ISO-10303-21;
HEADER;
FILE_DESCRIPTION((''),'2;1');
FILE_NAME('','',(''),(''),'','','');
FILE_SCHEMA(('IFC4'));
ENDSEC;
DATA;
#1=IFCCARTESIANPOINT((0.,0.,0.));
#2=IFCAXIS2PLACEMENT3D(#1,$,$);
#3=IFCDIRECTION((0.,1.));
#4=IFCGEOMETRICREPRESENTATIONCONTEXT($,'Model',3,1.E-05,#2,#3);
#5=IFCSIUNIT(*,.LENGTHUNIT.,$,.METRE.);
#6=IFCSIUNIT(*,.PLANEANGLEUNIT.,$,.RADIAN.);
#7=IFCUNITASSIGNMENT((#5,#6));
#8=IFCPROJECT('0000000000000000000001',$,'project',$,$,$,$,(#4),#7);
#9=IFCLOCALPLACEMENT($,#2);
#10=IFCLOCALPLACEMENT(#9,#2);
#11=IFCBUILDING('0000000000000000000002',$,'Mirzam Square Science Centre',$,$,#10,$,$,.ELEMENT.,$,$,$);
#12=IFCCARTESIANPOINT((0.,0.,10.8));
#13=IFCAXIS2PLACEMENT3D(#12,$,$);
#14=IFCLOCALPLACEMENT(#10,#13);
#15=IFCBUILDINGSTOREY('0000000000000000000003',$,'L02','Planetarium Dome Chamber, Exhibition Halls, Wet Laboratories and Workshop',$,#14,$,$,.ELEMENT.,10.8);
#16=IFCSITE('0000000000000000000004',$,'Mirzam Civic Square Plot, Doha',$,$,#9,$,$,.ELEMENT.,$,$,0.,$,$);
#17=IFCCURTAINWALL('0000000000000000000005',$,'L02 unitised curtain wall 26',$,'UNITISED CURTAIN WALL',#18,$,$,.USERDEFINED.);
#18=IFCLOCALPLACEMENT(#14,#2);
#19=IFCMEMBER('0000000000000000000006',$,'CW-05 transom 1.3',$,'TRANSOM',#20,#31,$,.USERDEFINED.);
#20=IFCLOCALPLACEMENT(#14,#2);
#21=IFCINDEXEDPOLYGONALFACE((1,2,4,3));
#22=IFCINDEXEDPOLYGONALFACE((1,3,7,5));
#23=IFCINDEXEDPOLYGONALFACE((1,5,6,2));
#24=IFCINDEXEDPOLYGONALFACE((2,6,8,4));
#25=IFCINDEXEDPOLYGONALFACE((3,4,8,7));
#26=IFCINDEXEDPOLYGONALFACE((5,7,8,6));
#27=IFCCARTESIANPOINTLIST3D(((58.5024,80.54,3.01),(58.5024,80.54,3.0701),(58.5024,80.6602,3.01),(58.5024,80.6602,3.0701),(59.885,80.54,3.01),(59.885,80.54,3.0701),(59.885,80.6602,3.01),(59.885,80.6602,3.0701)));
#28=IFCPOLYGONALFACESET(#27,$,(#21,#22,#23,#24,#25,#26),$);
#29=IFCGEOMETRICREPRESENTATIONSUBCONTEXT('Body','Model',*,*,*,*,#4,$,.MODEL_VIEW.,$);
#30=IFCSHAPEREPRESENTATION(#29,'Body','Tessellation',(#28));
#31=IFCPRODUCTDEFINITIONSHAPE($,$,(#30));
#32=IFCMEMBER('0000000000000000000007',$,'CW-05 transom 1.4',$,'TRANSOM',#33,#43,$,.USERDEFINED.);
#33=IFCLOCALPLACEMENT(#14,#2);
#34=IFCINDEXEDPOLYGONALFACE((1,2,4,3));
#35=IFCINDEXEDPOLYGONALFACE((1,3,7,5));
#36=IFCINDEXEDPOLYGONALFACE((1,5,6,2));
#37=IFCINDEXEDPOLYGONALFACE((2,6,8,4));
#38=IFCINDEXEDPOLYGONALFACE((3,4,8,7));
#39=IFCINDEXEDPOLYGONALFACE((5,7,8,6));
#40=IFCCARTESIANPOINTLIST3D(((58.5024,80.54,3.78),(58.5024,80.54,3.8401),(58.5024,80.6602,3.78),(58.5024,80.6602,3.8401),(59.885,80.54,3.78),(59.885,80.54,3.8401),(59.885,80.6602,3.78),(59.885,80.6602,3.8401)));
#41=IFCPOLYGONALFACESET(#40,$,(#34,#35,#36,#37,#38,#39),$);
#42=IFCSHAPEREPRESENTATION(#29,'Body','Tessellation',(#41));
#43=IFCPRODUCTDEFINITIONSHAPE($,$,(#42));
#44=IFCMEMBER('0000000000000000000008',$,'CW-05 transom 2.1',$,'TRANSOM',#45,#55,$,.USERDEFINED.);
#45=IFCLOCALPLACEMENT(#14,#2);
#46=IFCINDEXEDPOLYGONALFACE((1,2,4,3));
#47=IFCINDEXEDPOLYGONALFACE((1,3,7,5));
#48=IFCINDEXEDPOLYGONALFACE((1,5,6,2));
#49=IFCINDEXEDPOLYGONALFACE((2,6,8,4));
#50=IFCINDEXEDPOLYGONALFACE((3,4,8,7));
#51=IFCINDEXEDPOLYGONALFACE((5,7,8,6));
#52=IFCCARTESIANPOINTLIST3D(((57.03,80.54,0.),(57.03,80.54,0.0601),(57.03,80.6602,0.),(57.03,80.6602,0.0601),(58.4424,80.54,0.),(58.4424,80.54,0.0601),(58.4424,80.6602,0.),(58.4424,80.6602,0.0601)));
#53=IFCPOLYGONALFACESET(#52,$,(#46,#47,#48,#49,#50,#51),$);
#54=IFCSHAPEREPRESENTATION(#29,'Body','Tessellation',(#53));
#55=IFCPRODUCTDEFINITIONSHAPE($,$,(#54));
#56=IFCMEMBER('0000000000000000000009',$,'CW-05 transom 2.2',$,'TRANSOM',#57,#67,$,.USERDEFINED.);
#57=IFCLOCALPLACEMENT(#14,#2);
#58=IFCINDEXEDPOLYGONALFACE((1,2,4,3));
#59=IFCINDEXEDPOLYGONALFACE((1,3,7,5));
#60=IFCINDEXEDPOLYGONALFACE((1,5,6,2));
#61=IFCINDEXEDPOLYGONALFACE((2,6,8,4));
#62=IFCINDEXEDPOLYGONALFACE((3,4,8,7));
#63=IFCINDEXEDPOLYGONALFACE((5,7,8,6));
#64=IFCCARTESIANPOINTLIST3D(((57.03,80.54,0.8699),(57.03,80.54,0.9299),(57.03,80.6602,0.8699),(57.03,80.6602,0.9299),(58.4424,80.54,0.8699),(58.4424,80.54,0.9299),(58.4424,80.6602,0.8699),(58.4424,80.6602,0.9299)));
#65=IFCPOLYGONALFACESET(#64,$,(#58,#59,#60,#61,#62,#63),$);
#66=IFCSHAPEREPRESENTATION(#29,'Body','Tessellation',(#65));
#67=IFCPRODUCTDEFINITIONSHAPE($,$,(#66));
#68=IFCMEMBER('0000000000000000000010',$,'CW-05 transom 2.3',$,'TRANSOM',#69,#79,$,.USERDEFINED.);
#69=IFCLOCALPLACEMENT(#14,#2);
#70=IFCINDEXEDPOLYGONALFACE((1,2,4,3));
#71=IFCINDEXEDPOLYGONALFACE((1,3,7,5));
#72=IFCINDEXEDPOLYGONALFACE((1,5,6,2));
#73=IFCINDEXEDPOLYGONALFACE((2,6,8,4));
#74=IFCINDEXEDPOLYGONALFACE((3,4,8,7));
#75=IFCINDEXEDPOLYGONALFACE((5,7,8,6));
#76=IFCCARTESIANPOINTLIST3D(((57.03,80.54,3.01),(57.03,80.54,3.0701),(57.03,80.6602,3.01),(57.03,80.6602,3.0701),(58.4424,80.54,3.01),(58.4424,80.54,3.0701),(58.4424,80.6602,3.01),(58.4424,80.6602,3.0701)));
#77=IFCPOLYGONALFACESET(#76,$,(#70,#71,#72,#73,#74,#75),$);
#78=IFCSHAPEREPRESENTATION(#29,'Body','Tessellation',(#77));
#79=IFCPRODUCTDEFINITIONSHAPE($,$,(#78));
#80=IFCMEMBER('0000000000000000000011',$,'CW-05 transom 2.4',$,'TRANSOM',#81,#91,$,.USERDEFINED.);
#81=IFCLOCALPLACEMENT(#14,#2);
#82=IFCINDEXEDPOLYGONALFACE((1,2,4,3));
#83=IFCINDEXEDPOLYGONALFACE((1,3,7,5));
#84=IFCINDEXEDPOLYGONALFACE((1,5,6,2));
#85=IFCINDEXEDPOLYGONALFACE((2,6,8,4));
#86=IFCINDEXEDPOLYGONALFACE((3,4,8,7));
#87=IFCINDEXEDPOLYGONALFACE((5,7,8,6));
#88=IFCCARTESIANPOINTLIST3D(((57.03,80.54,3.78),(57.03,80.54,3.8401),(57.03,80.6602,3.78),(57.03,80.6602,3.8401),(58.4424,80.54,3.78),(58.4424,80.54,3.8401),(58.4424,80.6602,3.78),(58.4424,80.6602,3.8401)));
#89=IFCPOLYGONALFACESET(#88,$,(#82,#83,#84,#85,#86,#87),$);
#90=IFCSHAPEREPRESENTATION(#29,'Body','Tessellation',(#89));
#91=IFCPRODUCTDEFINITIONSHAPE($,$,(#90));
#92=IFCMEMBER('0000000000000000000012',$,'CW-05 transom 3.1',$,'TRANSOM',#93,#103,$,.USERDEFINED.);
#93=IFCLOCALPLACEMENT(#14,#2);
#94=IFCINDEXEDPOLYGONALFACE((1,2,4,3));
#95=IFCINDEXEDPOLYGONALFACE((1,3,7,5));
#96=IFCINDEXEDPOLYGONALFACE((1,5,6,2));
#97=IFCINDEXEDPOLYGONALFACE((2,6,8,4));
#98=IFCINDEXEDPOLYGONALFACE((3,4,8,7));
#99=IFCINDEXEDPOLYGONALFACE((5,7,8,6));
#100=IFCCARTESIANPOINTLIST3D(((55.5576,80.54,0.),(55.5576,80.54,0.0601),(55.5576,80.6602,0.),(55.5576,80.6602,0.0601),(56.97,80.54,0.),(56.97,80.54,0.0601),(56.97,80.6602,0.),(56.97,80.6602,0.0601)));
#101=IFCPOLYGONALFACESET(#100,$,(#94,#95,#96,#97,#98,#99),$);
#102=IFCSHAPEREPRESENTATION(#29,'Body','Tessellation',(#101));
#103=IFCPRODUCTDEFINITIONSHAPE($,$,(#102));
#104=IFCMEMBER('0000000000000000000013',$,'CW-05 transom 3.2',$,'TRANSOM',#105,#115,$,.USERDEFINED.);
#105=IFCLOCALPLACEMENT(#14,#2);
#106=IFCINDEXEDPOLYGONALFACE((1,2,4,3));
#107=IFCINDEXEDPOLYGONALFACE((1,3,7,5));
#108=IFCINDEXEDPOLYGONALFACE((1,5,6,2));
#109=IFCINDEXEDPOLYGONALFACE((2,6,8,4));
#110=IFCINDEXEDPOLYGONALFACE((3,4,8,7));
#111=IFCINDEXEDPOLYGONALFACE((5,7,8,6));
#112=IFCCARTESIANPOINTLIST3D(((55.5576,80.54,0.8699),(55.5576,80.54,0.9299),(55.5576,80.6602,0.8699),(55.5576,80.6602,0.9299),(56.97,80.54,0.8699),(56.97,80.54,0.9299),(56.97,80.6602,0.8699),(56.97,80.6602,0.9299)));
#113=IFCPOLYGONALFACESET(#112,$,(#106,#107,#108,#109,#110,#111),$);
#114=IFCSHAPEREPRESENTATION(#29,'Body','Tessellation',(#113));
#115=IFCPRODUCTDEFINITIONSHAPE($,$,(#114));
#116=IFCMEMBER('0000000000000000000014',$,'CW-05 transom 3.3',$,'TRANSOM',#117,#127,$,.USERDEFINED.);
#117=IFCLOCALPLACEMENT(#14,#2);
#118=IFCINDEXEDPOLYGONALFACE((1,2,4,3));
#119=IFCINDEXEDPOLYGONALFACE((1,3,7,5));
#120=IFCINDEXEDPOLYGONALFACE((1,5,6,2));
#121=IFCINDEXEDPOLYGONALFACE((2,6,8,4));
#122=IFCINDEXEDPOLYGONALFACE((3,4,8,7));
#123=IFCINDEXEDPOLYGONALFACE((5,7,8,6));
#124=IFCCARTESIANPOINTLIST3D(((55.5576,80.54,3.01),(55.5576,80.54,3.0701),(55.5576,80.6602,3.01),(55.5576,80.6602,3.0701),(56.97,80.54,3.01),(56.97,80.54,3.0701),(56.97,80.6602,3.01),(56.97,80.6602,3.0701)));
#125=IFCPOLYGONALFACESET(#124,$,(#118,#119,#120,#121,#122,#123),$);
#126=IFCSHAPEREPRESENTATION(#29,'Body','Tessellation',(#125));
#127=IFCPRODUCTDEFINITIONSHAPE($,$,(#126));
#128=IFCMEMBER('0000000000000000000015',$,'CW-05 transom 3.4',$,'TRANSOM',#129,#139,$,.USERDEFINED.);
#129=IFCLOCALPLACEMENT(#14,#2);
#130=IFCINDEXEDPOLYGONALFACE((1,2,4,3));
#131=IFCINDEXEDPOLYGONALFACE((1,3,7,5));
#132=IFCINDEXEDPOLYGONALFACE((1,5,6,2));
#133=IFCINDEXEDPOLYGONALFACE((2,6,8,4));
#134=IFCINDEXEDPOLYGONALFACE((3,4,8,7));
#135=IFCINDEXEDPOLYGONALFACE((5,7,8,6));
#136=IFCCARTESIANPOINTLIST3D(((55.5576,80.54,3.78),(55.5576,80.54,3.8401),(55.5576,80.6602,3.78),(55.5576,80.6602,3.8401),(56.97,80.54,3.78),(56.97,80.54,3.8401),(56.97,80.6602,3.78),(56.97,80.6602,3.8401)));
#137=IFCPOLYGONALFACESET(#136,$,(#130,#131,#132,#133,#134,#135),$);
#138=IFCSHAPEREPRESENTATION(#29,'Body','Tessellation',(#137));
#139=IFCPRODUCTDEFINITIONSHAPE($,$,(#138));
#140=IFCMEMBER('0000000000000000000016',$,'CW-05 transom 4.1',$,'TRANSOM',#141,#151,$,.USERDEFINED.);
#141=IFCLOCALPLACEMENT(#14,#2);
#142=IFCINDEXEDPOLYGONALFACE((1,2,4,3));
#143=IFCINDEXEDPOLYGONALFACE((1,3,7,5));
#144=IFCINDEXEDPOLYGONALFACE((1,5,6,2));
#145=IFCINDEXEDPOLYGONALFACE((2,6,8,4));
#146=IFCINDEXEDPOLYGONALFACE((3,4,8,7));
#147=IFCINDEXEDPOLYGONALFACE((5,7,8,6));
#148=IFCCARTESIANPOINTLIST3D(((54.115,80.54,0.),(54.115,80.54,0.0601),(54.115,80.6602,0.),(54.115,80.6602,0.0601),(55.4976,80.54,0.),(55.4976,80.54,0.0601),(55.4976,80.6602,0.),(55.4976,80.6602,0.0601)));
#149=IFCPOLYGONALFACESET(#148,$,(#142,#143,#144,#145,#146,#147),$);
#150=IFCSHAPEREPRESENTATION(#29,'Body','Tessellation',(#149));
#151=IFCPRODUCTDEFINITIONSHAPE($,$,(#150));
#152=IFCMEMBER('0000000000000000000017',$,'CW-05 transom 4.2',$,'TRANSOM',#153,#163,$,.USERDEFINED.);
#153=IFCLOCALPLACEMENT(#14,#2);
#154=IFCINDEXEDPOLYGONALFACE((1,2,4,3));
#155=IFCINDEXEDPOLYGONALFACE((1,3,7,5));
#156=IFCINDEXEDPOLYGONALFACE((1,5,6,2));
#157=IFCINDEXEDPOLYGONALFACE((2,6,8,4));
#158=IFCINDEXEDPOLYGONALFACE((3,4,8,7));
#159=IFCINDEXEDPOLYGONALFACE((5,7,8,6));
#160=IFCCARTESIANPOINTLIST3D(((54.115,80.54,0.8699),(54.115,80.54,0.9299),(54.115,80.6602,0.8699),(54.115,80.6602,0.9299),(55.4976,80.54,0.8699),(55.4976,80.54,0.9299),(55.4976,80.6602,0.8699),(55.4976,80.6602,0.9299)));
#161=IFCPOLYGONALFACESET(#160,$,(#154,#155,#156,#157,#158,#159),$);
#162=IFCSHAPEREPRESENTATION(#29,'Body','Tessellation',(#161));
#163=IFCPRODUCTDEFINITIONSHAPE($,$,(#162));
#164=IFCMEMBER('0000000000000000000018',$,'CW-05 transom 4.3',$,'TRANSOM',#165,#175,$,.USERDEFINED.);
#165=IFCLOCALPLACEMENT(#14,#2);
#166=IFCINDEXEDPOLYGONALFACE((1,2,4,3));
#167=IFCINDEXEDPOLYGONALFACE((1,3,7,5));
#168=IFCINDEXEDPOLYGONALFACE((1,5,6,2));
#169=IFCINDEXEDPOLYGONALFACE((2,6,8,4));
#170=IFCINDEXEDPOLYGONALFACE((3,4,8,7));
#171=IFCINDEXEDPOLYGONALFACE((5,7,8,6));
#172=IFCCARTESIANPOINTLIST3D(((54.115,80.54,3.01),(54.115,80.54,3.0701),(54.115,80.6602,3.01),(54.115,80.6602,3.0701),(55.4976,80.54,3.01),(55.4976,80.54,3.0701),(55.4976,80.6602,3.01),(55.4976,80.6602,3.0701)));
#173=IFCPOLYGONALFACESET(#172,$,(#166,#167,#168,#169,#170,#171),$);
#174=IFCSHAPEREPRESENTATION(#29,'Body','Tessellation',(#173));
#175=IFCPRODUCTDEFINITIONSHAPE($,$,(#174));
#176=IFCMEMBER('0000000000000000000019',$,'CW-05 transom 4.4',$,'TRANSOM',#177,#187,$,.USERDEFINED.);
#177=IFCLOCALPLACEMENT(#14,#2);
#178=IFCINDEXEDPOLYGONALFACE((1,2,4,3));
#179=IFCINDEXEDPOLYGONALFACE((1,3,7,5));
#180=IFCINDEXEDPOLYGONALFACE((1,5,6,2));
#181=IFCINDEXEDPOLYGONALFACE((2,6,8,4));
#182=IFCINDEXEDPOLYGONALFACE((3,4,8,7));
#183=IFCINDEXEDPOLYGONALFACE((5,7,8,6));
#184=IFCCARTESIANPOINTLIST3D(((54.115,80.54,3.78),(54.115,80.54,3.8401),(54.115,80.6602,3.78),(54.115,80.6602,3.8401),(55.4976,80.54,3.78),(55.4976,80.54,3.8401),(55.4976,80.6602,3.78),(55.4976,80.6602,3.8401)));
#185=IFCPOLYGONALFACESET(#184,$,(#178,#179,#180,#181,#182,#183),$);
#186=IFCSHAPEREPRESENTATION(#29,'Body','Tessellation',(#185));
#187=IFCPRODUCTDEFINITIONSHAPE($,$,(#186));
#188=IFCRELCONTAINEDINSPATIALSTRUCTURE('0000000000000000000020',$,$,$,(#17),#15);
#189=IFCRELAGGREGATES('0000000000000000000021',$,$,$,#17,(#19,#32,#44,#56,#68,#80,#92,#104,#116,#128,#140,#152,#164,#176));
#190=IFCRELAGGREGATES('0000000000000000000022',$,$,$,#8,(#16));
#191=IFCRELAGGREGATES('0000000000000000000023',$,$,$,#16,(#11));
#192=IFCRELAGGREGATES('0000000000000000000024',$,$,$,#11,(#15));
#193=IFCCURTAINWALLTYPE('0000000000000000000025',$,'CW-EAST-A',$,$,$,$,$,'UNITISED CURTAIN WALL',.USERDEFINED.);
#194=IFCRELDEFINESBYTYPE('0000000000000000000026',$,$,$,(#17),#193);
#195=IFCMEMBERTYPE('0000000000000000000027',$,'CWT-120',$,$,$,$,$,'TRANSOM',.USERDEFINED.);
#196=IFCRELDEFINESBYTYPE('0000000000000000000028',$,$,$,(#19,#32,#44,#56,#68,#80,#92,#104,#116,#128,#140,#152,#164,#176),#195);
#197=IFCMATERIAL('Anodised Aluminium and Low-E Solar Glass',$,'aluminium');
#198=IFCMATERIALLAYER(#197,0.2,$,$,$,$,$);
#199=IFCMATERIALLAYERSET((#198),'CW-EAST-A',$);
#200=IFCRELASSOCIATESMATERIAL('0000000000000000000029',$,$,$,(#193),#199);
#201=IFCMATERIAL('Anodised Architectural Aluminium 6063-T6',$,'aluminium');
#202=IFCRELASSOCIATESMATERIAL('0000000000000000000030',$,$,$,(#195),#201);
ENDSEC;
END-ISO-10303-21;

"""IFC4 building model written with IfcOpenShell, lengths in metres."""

from ifc_helpers import new_model, si_unit, direction, frame, origin, origin_2d, place, context, subcontext, project, spatial, rectangle, extrude, material, layer, layer_set, material_profile, profile_set, type_object, element, aggregate, save


model = new_model("IFC4")

# Units and contexts
model_context = context("Model", 3, precision=1e-05, world=origin(), true_north=direction((0.0, 1.0)))
body_context = subcontext(model_context, "Body", "Model", "MODEL_VIEW")
ifc_project = project(units=[si_unit("LENGTHUNIT", "METRE"), si_unit("PLANEANGLEUNIT", "RADIAN")], contexts=[model_context])

# Site, building, storey
site_placement = place(None, origin())
site = spatial("IfcSite", under=ifc_project, at=site_placement, Name="Mirzam Civic Square Plot, Doha", CompositionType="ELEMENT", RefElevation=0.0)
building_placement = place(site_placement, origin())
building = spatial("IfcBuilding", under=site, at=building_placement, Name="Mirzam Square Science Centre", CompositionType="ELEMENT")
storey_placement = place(building_placement, frame((0.0, 0.0, 10.8)))
storey = spatial("IfcBuildingStorey", under=building, at=storey_placement, Name="L02", Description="Planetarium Dome Chamber, Exhibition Halls, Wet Laboratories and Workshop", CompositionType="ELEMENT", Elevation=10.8)

# Curtain wall, members
ifc_material_1 = material(Name="Anodised Aluminium and Low-E Solar Glass", Category="aluminium")
ifc_layer_1 = layer(ifc_material_1, 0.2)
ifc_layer_set_1 = layer_set([ifc_layer_1], Name="CW-EAST-A")
curtain_wall_type = type_object("IfcCurtainWallType", Name="CW-EAST-A", ElementType="UNITISED CURTAIN WALL", PredefinedType="USERDEFINED", material=ifc_layer_set_1)
curtain_wall_placement = place(storey_placement, origin())
curtain_wall = element("IfcCurtainWall", 1, at=curtain_wall_placement, inside=storey, type_object=curtain_wall_type, Name="L02 unitised curtain wall 26", ObjectType="UNITISED CURTAIN WALL", PredefinedType="USERDEFINED")
ifc_material_2 = material(Name="Anodised Architectural Aluminium 6063-T6", Category="aluminium")
ifc_material_profile_1 = material_profile(ifc_material_2, rectangle(XDim=0.1201, YDim=0.0601, at=origin_2d()), Name="ALU-TRAN-120x60x4")
ifc_profile_set_1 = profile_set([ifc_material_profile_1], Name="Anodised Architectural Aluminium 6063-T6")
member_type_1 = type_object("IfcMemberType", Name="CWT-120", ElementType="TRANSOM", PredefinedType="USERDEFINED", material=ifc_profile_set_1)
member_1_placement = place(storey_placement, frame((59.885, 80.6001, 3.04), z_axis=(-1.0, 0.0, 0.0), x_axis=(0.0, -1.0, 0.0)))
member_1 = element("IfcMember", 2, at=member_1_placement, type_object=member_type_1, Name="CW-05 transom 1.3", ObjectType="TRANSOM", PredefinedType="USERDEFINED", context=body_context, shape_type="SweptSolid", body=[
    extrude(rectangle(XDim=0.1201, YDim=0.0601, at=origin_2d()), origin(), (0.0, 0.0, 1.0), 1.3826),
])
member_2_placement = place(storey_placement, frame((59.885, 80.6001, 3.8101), z_axis=(-1.0, 0.0, 0.0), x_axis=(0.0, -1.0, 0.0)))
member_2 = element("IfcMember", 3, at=member_2_placement, type_object=member_type_1, Name="CW-05 transom 1.4", ObjectType="TRANSOM", PredefinedType="USERDEFINED", context=body_context, shape_type="SweptSolid", body=[
    extrude(rectangle(XDim=0.1201, YDim=0.0601, at=origin_2d()), origin(), (0.0, 0.0, 1.0), 1.3826),
])
member_3_placement = place(storey_placement, frame((58.4424, 80.6001, 0.03), z_axis=(-1.0, 0.0, 0.0), x_axis=(0.0, -1.0, 0.0)))
member_3 = element("IfcMember", 4, at=member_3_placement, type_object=member_type_1, Name="CW-05 transom 2.1", ObjectType="TRANSOM", PredefinedType="USERDEFINED", context=body_context, shape_type="SweptSolid", body=[
    extrude(rectangle(XDim=0.1201, YDim=0.0601, at=origin_2d()), origin(), (0.0, 0.0, 1.0), 1.4124),
])
member_4_placement = place(storey_placement, frame((58.4424, 80.6001, 0.8999), z_axis=(-1.0, 0.0, 0.0), x_axis=(0.0, -1.0, 0.0)))
member_4 = element("IfcMember", 5, at=member_4_placement, type_object=member_type_1, Name="CW-05 transom 2.2", ObjectType="TRANSOM", PredefinedType="USERDEFINED", context=body_context, shape_type="SweptSolid", body=[
    extrude(rectangle(XDim=0.1201, YDim=0.0601, at=origin_2d()), origin(), (0.0, 0.0, 1.0), 1.4124),
])
member_5_placement = place(storey_placement, frame((58.4424, 80.6001, 3.04), z_axis=(-1.0, 0.0, 0.0), x_axis=(0.0, -1.0, 0.0)))
member_5 = element("IfcMember", 6, at=member_5_placement, type_object=member_type_1, Name="CW-05 transom 2.3", ObjectType="TRANSOM", PredefinedType="USERDEFINED", context=body_context, shape_type="SweptSolid", body=[
    extrude(rectangle(XDim=0.1201, YDim=0.0601, at=origin_2d()), origin(), (0.0, 0.0, 1.0), 1.4124),
])
member_6_placement = place(storey_placement, frame((58.4424, 80.6001, 3.8101), z_axis=(-1.0, 0.0, 0.0), x_axis=(0.0, -1.0, 0.0)))
member_6 = element("IfcMember", 7, at=member_6_placement, type_object=member_type_1, Name="CW-05 transom 2.4", ObjectType="TRANSOM", PredefinedType="USERDEFINED", context=body_context, shape_type="SweptSolid", body=[
    extrude(rectangle(XDim=0.1201, YDim=0.0601, at=origin_2d()), origin(), (0.0, 0.0, 1.0), 1.4124),
])
member_7_placement = place(storey_placement, frame((56.97, 80.6001, 0.03), z_axis=(-1.0, 0.0, 0.0), x_axis=(0.0, -1.0, 0.0)))
member_7 = element("IfcMember", 8, at=member_7_placement, type_object=member_type_1, Name="CW-05 transom 3.1", ObjectType="TRANSOM", PredefinedType="USERDEFINED", context=body_context, shape_type="SweptSolid", body=[
    extrude(rectangle(XDim=0.1201, YDim=0.0601, at=origin_2d()), origin(), (0.0, 0.0, 1.0), 1.4124),
])
member_8_placement = place(storey_placement, frame((56.97, 80.6001, 0.8999), z_axis=(-1.0, 0.0, 0.0), x_axis=(0.0, -1.0, 0.0)))
member_8 = element("IfcMember", 9, at=member_8_placement, type_object=member_type_1, Name="CW-05 transom 3.2", ObjectType="TRANSOM", PredefinedType="USERDEFINED", context=body_context, shape_type="SweptSolid", body=[
    extrude(rectangle(XDim=0.1201, YDim=0.0601, at=origin_2d()), origin(), (0.0, 0.0, 1.0), 1.4124),
])
member_9_placement = place(storey_placement, frame((56.97, 80.6001, 3.04), z_axis=(-1.0, 0.0, 0.0), x_axis=(0.0, -1.0, 0.0)))
member_9 = element("IfcMember", 10, at=member_9_placement, type_object=member_type_1, Name="CW-05 transom 3.3", ObjectType="TRANSOM", PredefinedType="USERDEFINED", context=body_context, shape_type="SweptSolid", body=[
    extrude(rectangle(XDim=0.1201, YDim=0.0601, at=origin_2d()), origin(), (0.0, 0.0, 1.0), 1.4124),
])
member_10_placement = place(storey_placement, frame((56.97, 80.6001, 3.8101), z_axis=(-1.0, 0.0, 0.0), x_axis=(0.0, -1.0, 0.0)))
member_10 = element("IfcMember", 11, at=member_10_placement, type_object=member_type_1, Name="CW-05 transom 3.4", ObjectType="TRANSOM", PredefinedType="USERDEFINED", context=body_context, shape_type="SweptSolid", body=[
    extrude(rectangle(XDim=0.1201, YDim=0.0601, at=origin_2d()), origin(), (0.0, 0.0, 1.0), 1.4124),
])
member_11_placement = place(storey_placement, frame((55.4976, 80.6001, 0.03), z_axis=(-1.0, 0.0, 0.0), x_axis=(0.0, -1.0, 0.0)))
member_11 = element("IfcMember", 12, at=member_11_placement, type_object=member_type_1, Name="CW-05 transom 4.1", ObjectType="TRANSOM", PredefinedType="USERDEFINED", context=body_context, shape_type="SweptSolid", body=[
    extrude(rectangle(XDim=0.1201, YDim=0.0601, at=origin_2d()), origin(), (0.0, 0.0, 1.0), 1.3826),
])
member_12_placement = place(storey_placement, frame((55.4976, 80.6001, 0.8999), z_axis=(-1.0, 0.0, 0.0), x_axis=(0.0, -1.0, 0.0)))
member_12 = element("IfcMember", 13, at=member_12_placement, type_object=member_type_1, Name="CW-05 transom 4.2", ObjectType="TRANSOM", PredefinedType="USERDEFINED", context=body_context, shape_type="SweptSolid", body=[
    extrude(rectangle(XDim=0.1201, YDim=0.0601, at=origin_2d()), origin(), (0.0, 0.0, 1.0), 1.3826),
])
member_13_placement = place(storey_placement, frame((55.4976, 80.6001, 3.04), z_axis=(-1.0, 0.0, 0.0), x_axis=(0.0, -1.0, 0.0)))
member_13 = element("IfcMember", 14, at=member_13_placement, type_object=member_type_1, Name="CW-05 transom 4.3", ObjectType="TRANSOM", PredefinedType="USERDEFINED", context=body_context, shape_type="SweptSolid", body=[
    extrude(rectangle(XDim=0.1201, YDim=0.0601, at=origin_2d()), origin(), (0.0, 0.0, 1.0), 1.3826),
])
member_14_placement = place(storey_placement, frame((55.4976, 80.6001, 3.8101), z_axis=(-1.0, 0.0, 0.0), x_axis=(0.0, -1.0, 0.0)))
member_14 = element("IfcMember", 15, at=member_14_placement, type_object=member_type_1, Name="CW-05 transom 4.4", ObjectType="TRANSOM", PredefinedType="USERDEFINED", context=body_context, shape_type="SweptSolid", body=[
    extrude(rectangle(XDim=0.1201, YDim=0.0601, at=origin_2d()), origin(), (0.0, 0.0, 1.0), 1.3826),
])

aggregate(curtain_wall, [member_1, member_2, member_3, member_4, member_5, member_6, member_7, member_8, member_9, member_10, member_11, member_12, member_13, member_14])

save(model, "model.ifc")
